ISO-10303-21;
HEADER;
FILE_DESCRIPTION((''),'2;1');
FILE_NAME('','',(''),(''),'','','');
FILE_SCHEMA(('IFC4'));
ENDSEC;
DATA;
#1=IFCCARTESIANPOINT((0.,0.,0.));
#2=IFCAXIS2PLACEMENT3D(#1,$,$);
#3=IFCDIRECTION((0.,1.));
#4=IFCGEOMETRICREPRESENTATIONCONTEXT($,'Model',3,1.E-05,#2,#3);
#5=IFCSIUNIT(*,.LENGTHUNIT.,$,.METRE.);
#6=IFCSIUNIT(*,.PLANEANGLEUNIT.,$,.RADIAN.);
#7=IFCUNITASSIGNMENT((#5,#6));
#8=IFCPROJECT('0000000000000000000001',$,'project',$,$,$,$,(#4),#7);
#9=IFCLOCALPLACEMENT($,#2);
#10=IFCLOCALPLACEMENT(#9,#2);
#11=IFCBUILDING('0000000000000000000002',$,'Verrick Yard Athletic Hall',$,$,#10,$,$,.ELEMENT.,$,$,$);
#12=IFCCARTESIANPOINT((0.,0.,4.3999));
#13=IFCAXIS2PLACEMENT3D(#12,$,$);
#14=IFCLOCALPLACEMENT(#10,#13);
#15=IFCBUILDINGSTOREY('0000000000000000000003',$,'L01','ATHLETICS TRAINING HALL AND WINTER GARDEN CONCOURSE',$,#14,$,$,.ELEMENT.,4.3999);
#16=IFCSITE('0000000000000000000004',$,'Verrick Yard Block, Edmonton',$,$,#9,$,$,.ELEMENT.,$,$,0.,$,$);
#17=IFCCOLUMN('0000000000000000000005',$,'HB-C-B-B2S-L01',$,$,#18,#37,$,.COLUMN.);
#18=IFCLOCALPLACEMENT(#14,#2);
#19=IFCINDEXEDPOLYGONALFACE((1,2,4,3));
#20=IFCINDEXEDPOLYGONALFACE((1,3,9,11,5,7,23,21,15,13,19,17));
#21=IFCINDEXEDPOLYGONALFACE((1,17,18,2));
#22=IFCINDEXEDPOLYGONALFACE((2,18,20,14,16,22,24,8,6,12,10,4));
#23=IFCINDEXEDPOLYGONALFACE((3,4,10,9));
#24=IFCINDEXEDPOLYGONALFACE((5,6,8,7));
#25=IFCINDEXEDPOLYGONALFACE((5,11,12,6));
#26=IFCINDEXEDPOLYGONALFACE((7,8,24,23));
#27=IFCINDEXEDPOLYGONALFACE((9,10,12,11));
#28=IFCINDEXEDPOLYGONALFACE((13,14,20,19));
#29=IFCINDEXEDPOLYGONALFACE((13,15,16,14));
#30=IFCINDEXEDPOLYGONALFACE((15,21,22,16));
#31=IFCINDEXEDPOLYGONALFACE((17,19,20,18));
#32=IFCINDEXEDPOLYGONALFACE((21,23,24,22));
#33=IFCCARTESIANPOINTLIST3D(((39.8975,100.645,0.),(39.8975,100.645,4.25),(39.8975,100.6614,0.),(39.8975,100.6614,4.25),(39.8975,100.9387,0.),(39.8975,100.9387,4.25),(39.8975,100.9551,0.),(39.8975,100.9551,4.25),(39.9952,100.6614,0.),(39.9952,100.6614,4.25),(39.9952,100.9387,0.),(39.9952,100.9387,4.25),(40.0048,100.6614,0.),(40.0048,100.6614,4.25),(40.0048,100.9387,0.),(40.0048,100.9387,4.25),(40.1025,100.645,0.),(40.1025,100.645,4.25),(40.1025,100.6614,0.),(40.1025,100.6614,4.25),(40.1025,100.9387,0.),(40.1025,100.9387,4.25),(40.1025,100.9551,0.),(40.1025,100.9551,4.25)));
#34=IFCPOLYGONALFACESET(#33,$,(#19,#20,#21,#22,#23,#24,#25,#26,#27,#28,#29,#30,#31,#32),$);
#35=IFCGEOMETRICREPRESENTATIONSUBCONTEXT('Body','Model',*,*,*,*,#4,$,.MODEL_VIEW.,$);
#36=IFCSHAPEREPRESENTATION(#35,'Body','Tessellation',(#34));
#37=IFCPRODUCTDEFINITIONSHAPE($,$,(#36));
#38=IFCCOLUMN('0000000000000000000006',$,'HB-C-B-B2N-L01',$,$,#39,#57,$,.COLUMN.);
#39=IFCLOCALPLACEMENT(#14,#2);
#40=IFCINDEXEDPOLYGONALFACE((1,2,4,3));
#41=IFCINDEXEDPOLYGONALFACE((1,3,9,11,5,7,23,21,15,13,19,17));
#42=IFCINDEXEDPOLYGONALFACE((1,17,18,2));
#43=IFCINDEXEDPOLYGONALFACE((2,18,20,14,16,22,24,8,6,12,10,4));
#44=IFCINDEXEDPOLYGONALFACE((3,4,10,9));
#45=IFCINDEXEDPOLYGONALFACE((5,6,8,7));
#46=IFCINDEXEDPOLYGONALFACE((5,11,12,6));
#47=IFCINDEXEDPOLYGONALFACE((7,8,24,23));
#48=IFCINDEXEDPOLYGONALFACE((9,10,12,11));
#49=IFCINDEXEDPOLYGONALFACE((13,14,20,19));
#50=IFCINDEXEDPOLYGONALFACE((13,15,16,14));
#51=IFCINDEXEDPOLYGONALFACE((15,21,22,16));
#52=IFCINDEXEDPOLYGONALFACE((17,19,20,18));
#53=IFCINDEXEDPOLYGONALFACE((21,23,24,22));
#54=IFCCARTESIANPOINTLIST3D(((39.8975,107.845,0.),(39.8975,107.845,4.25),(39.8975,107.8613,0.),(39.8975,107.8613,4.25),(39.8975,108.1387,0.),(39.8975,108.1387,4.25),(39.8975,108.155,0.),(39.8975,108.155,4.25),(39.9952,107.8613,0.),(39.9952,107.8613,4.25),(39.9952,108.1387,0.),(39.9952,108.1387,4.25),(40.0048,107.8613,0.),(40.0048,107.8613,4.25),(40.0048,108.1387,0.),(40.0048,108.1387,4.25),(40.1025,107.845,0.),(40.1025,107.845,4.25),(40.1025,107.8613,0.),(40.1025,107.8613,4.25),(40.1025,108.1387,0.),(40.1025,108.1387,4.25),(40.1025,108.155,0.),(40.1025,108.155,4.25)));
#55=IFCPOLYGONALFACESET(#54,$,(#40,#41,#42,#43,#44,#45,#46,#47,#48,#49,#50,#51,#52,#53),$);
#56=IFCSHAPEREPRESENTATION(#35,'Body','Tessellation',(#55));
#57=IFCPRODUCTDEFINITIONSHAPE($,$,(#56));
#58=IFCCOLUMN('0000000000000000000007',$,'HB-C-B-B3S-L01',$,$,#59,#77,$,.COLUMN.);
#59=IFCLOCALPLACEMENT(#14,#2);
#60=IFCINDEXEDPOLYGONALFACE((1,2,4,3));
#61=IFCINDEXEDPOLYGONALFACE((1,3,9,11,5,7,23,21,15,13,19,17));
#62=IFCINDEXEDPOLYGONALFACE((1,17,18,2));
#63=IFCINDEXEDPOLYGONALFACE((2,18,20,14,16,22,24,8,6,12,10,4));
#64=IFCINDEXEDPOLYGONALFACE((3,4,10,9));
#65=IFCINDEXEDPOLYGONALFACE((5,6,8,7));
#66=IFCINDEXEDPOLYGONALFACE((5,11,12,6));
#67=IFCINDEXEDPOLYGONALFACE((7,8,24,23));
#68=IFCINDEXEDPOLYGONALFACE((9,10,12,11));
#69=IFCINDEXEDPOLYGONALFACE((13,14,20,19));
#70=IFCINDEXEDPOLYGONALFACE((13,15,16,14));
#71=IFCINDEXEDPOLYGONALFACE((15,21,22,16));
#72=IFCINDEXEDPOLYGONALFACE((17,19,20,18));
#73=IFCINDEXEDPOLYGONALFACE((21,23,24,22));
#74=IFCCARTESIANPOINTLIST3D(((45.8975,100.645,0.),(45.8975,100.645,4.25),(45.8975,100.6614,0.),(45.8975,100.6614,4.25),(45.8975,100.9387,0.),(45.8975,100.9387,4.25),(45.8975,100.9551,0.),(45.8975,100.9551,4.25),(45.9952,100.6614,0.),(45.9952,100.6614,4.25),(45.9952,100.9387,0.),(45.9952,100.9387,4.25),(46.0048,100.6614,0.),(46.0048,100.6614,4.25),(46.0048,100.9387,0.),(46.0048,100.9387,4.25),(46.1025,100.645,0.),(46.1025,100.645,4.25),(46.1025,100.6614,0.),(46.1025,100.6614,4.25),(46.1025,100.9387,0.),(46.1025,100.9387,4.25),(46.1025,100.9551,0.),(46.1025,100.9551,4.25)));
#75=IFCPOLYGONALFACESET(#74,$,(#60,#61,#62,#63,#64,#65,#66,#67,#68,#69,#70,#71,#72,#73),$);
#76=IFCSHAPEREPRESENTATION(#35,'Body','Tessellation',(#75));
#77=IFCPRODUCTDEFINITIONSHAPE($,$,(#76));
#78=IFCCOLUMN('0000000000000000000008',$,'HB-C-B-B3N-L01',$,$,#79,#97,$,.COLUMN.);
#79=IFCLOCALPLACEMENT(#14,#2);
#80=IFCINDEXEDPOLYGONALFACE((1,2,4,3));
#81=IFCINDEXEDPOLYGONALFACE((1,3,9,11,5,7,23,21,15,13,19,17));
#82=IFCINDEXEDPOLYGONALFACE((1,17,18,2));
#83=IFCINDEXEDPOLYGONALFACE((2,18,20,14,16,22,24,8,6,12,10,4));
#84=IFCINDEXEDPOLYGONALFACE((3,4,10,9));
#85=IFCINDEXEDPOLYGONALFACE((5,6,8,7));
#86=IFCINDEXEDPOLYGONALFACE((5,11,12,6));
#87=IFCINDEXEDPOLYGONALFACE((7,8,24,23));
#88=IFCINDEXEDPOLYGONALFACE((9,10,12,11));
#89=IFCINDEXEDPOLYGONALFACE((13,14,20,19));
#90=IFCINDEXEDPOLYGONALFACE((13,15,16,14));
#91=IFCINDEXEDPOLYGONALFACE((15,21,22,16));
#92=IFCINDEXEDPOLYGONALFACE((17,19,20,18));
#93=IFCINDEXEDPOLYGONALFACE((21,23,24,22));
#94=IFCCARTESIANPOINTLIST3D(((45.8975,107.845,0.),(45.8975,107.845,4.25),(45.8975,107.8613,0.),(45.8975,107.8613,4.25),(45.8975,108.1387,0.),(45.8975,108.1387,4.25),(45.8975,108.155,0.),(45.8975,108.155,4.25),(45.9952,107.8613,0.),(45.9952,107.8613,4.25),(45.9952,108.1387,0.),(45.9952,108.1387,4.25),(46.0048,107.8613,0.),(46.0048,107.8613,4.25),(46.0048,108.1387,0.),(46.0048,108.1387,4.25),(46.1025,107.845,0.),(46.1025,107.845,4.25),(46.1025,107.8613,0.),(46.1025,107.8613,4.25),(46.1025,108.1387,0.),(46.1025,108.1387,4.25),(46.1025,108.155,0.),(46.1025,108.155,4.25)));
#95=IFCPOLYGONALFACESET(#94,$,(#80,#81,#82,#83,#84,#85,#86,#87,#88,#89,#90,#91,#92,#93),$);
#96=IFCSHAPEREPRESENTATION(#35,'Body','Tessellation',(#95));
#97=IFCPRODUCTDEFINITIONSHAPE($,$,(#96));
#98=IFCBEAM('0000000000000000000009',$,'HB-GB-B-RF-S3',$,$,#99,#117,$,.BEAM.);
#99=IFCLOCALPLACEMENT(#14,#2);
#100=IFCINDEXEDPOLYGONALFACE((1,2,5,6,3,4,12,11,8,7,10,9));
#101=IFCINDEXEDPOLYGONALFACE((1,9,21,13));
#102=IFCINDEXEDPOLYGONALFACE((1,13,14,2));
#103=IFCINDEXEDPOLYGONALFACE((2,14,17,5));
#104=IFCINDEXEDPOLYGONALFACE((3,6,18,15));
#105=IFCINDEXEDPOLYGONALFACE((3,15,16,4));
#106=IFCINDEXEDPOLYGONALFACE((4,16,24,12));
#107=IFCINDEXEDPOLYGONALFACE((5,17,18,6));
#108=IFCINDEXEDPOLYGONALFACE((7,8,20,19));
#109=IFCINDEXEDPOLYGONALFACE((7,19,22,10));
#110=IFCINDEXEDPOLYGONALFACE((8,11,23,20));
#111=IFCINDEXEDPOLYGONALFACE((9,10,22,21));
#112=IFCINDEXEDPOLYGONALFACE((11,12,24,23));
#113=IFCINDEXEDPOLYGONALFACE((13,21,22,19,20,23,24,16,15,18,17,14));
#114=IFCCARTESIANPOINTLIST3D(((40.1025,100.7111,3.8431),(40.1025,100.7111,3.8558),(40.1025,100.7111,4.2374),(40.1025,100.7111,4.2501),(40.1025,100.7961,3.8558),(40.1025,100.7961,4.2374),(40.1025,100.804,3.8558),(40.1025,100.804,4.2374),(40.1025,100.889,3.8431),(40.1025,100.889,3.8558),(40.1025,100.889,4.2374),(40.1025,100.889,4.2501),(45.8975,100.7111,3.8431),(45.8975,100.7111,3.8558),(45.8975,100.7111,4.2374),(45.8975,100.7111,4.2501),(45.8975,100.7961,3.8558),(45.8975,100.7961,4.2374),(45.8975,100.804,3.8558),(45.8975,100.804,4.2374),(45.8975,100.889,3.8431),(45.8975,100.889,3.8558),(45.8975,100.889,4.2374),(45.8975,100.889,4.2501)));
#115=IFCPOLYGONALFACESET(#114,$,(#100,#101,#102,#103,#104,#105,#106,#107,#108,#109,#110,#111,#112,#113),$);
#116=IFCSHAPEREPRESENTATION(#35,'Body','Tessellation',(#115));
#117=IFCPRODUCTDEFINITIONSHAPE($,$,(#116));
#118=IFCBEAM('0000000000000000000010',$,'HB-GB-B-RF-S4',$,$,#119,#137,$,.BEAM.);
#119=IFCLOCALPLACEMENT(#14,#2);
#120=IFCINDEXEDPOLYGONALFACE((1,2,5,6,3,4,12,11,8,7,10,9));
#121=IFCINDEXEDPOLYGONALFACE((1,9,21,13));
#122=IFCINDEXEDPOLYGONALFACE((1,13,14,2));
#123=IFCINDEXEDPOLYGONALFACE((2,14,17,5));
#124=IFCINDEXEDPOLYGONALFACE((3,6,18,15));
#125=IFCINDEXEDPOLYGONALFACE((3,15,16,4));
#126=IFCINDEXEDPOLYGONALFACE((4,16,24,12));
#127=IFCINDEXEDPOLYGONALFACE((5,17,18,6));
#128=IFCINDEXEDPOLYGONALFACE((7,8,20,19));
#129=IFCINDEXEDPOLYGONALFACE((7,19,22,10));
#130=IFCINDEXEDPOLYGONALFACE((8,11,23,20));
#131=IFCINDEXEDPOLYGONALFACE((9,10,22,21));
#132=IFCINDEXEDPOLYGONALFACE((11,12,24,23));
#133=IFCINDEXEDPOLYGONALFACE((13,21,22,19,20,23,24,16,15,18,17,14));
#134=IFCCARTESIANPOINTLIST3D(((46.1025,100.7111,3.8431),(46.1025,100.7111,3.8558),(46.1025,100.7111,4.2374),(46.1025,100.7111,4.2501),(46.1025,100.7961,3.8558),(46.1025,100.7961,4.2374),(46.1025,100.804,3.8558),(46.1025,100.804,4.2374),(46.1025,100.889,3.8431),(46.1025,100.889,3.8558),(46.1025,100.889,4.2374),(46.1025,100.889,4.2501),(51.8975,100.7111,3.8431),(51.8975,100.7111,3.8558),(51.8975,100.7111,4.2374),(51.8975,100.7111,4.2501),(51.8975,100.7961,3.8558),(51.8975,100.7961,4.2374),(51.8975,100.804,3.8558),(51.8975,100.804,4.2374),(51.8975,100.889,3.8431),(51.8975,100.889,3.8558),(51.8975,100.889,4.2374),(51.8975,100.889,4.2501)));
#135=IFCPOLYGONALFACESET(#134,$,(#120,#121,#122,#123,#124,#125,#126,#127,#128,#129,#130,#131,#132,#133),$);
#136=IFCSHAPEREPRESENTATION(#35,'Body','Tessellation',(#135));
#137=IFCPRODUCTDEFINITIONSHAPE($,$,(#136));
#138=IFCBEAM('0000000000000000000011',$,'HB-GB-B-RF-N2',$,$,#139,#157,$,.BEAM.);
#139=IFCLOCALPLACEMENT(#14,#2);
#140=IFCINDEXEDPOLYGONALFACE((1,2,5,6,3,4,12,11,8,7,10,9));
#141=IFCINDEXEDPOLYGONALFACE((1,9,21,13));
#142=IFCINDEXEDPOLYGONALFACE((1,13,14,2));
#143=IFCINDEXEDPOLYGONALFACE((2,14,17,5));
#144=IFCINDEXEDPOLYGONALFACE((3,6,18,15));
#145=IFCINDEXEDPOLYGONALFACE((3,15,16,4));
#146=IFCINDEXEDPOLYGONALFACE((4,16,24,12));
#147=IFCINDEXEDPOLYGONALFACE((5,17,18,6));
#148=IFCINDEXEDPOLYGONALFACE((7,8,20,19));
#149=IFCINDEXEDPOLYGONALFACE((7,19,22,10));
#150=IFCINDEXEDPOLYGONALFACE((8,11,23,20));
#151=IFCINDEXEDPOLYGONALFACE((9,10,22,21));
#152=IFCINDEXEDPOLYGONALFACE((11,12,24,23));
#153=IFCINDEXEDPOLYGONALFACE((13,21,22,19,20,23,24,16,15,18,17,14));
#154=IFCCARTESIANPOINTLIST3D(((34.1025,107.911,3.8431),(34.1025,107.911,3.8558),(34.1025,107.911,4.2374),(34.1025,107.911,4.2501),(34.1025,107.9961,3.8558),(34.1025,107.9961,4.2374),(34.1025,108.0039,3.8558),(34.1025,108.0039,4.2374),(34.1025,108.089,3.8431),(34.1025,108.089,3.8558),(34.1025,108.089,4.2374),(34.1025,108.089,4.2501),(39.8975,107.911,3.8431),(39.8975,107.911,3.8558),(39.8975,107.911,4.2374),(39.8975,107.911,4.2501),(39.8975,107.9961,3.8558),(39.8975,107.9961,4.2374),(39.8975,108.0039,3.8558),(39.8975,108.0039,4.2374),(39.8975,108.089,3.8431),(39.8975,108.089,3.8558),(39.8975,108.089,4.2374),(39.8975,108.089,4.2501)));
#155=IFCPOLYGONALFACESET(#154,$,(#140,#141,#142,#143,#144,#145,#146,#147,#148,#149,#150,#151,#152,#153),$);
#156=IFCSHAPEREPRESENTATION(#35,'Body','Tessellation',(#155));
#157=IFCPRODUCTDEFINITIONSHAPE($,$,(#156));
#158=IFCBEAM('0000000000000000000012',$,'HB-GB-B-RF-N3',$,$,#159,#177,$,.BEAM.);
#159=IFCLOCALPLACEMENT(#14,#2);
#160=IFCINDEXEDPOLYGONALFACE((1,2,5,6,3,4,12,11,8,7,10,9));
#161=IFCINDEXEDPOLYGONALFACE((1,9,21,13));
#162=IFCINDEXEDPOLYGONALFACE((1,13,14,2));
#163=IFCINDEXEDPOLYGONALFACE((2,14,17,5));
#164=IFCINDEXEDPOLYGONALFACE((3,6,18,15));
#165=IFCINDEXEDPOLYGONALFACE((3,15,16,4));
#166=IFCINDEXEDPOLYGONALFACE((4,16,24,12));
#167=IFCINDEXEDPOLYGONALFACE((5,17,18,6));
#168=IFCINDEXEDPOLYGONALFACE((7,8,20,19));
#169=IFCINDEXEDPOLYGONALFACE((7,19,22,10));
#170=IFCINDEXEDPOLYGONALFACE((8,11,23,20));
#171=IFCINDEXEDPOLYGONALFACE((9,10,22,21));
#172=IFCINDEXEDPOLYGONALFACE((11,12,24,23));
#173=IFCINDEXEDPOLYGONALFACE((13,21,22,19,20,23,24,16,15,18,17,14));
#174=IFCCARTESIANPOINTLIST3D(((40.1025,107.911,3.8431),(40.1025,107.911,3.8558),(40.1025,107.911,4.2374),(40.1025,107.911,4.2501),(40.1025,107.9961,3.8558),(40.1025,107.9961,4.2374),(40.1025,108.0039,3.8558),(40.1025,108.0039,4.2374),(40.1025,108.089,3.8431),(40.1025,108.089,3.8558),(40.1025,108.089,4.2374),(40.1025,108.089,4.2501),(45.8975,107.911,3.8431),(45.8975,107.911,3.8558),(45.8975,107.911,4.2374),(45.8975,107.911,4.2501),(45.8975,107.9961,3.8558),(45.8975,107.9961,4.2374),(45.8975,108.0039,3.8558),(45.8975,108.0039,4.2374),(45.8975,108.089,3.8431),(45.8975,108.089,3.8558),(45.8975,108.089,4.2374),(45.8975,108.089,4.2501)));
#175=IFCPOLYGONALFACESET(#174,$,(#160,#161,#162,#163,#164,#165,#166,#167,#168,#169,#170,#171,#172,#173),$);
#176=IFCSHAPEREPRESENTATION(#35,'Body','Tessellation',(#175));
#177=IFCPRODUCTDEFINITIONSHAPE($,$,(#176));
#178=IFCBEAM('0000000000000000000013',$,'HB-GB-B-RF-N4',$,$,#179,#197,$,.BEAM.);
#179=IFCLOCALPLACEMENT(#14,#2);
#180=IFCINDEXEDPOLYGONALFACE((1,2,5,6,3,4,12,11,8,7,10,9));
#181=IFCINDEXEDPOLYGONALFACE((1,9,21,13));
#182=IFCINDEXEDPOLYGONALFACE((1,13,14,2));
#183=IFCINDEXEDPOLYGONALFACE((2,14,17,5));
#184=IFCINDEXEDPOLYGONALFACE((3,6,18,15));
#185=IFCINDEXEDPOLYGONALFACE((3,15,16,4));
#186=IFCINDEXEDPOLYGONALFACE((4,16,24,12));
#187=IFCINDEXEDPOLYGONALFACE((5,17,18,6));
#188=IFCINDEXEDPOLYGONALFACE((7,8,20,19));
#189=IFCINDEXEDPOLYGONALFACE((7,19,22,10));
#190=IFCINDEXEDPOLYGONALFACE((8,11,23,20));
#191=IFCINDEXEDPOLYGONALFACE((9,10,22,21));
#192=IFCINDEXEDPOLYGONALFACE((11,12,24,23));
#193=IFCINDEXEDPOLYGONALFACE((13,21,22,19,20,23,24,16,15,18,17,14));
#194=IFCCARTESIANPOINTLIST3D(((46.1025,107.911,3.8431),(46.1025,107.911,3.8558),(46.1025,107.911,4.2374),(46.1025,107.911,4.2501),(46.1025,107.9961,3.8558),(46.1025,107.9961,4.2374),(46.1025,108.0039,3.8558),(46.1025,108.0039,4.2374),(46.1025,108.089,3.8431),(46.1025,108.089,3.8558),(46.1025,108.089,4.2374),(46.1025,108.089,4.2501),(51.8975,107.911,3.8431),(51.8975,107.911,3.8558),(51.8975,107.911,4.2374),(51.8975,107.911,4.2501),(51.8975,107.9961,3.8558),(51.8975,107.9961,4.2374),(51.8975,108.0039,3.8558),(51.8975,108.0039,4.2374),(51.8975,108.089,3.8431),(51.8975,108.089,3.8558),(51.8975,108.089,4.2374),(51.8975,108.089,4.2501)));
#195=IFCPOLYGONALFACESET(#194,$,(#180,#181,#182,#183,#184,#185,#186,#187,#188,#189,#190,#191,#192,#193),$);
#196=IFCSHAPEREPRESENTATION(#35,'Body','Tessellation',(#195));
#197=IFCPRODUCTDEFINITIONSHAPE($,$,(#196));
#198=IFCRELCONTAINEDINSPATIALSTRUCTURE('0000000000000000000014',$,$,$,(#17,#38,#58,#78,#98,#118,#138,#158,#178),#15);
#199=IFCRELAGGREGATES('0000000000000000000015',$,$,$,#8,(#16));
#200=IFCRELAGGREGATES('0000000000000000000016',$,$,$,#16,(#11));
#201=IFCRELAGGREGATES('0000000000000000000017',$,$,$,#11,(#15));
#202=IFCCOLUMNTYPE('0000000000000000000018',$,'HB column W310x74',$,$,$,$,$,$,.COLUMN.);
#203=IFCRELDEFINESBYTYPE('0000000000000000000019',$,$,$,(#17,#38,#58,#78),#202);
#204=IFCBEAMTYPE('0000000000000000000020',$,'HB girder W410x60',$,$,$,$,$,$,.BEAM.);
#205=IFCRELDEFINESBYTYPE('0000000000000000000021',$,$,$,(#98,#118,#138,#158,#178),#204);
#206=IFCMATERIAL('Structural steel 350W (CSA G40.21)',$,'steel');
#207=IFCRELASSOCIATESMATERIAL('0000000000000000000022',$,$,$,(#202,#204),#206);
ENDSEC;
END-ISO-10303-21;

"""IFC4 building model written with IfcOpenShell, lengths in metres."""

from ifc_helpers import new_model, si_unit, direction, frame, origin, origin_2d, place, context, subcontext, project, spatial, i_section, extrude, material, material_profile, profile_set, type_object, element, save


model = new_model("IFC4")

# Units and contexts
model_context = context("Model", 3, precision=1e-05, world=origin(), true_north=direction((0.0, 1.0)))
body_context = subcontext(model_context, "Body", "Model", "MODEL_VIEW")
ifc_project = project(units=[si_unit("LENGTHUNIT", "METRE"), si_unit("PLANEANGLEUNIT", "RADIAN")], contexts=[model_context])

# Site, building, storey
site_placement = place(None, origin())
site = spatial("IfcSite", under=ifc_project, at=site_placement, Name="Verrick Yard Block, Edmonton", CompositionType="ELEMENT", RefElevation=0.0)
building_placement = place(site_placement, origin())
building = spatial("IfcBuilding", under=site, at=building_placement, Name="Verrick Yard Athletic Hall", CompositionType="ELEMENT")
storey_placement = place(building_placement, frame((0.0, 0.0, 4.3999)))
storey = spatial("IfcBuildingStorey", under=building, at=storey_placement, Name="L01", Description="ATHLETICS TRAINING HALL AND WINTER GARDEN CONCOURSE", CompositionType="ELEMENT", Elevation=4.3999)

# Columns
ifc_material_1 = material(Name="Structural steel 350W (CSA G40.21)", Category="steel")
ifc_material_profile_1 = material_profile(ifc_material_1, i_section(OverallWidth=0.2051, OverallDepth=0.3101, WebThickness=0.0095, FlangeThickness=0.0164, at=origin_2d()), Name="W310x74")
ifc_profile_set_1 = profile_set([ifc_material_profile_1], Name="Structural steel 350W (CSA G40.21)")
column_type = type_object("IfcColumnType", Name="HB column W310x74", PredefinedType="COLUMN", material=ifc_profile_set_1)
for number, where, z_axis, x_axis, name in (
    (1, (40.0, 100.8, 0.0), (0.0, 0.0, 1.0), (1.0, 0.0, 0.0), "HB-C-B-B2S-L01"),
    (2, (40.0, 108.0, 0.0), (0.0, 0.0, 1.0), (1.0, 0.0, 0.0), "HB-C-B-B2N-L01"),
    (3, (46.0, 100.8, 0.0), (0.0, 0.0, 1.0), (1.0, 0.0, 0.0), "HB-C-B-B3S-L01"),
    (4, (46.0, 108.0, 0.0), (0.0, 0.0, 1.0), (1.0, 0.0, 0.0), "HB-C-B-B3N-L01"),
):
    element("IfcColumn", number, at=place(storey_placement, frame(where, z_axis=z_axis, x_axis=x_axis)), inside=storey, type_object=column_type, Name=name, PredefinedType="COLUMN", context=body_context, shape_type="SweptSolid", body=[
        extrude(i_section(OverallWidth=0.2051, OverallDepth=0.3101, WebThickness=0.0095, FlangeThickness=0.0164, at=origin_2d()), origin(), (0.0, 0.0, 1.0), 4.25),
    ])

# Beams
ifc_material_profile_2 = material_profile(ifc_material_1, i_section(OverallWidth=0.178, OverallDepth=0.407, WebThickness=0.0078, FlangeThickness=0.0127, at=origin_2d()), Name="W410x60")
ifc_profile_set_2 = profile_set([ifc_material_profile_2], Name="Structural steel 350W (CSA G40.21)")
beam_type_1 = type_object("IfcBeamType", Name="HB girder W410x60", PredefinedType="BEAM", material=ifc_profile_set_2)
for number, where, z_axis, x_axis, name in (
    (5, (40.1025, 100.8, 4.0466), (1.0, 0.0, 0.0), (0.0, 1.0, 0.0), "HB-GB-B-RF-S3"),
    (6, (46.1025, 100.8, 4.0466), (1.0, 0.0, 0.0), (0.0, 1.0, 0.0), "HB-GB-B-RF-S4"),
    (7, (34.1025, 108.0, 4.0466), (1.0, 0.0, 0.0), (0.0, 1.0, 0.0), "HB-GB-B-RF-N2"),
    (8, (40.1025, 108.0, 4.0466), (1.0, 0.0, 0.0), (0.0, 1.0, 0.0), "HB-GB-B-RF-N3"),
    (9, (46.1025, 108.0, 4.0466), (1.0, 0.0, 0.0), (0.0, 1.0, 0.0), "HB-GB-B-RF-N4"),
):
    element("IfcBeam", number, at=place(storey_placement, frame(where, z_axis=z_axis, x_axis=x_axis)), inside=storey, type_object=beam_type_1, Name=name, PredefinedType="BEAM", context=body_context, shape_type="SweptSolid", body=[
        extrude(i_section(OverallWidth=0.178, OverallDepth=0.407, WebThickness=0.0078, FlangeThickness=0.0127, at=origin_2d()), origin(), (0.0, 0.0, 1.0), 5.7949),
    ])

save(model, "model.ifc")
